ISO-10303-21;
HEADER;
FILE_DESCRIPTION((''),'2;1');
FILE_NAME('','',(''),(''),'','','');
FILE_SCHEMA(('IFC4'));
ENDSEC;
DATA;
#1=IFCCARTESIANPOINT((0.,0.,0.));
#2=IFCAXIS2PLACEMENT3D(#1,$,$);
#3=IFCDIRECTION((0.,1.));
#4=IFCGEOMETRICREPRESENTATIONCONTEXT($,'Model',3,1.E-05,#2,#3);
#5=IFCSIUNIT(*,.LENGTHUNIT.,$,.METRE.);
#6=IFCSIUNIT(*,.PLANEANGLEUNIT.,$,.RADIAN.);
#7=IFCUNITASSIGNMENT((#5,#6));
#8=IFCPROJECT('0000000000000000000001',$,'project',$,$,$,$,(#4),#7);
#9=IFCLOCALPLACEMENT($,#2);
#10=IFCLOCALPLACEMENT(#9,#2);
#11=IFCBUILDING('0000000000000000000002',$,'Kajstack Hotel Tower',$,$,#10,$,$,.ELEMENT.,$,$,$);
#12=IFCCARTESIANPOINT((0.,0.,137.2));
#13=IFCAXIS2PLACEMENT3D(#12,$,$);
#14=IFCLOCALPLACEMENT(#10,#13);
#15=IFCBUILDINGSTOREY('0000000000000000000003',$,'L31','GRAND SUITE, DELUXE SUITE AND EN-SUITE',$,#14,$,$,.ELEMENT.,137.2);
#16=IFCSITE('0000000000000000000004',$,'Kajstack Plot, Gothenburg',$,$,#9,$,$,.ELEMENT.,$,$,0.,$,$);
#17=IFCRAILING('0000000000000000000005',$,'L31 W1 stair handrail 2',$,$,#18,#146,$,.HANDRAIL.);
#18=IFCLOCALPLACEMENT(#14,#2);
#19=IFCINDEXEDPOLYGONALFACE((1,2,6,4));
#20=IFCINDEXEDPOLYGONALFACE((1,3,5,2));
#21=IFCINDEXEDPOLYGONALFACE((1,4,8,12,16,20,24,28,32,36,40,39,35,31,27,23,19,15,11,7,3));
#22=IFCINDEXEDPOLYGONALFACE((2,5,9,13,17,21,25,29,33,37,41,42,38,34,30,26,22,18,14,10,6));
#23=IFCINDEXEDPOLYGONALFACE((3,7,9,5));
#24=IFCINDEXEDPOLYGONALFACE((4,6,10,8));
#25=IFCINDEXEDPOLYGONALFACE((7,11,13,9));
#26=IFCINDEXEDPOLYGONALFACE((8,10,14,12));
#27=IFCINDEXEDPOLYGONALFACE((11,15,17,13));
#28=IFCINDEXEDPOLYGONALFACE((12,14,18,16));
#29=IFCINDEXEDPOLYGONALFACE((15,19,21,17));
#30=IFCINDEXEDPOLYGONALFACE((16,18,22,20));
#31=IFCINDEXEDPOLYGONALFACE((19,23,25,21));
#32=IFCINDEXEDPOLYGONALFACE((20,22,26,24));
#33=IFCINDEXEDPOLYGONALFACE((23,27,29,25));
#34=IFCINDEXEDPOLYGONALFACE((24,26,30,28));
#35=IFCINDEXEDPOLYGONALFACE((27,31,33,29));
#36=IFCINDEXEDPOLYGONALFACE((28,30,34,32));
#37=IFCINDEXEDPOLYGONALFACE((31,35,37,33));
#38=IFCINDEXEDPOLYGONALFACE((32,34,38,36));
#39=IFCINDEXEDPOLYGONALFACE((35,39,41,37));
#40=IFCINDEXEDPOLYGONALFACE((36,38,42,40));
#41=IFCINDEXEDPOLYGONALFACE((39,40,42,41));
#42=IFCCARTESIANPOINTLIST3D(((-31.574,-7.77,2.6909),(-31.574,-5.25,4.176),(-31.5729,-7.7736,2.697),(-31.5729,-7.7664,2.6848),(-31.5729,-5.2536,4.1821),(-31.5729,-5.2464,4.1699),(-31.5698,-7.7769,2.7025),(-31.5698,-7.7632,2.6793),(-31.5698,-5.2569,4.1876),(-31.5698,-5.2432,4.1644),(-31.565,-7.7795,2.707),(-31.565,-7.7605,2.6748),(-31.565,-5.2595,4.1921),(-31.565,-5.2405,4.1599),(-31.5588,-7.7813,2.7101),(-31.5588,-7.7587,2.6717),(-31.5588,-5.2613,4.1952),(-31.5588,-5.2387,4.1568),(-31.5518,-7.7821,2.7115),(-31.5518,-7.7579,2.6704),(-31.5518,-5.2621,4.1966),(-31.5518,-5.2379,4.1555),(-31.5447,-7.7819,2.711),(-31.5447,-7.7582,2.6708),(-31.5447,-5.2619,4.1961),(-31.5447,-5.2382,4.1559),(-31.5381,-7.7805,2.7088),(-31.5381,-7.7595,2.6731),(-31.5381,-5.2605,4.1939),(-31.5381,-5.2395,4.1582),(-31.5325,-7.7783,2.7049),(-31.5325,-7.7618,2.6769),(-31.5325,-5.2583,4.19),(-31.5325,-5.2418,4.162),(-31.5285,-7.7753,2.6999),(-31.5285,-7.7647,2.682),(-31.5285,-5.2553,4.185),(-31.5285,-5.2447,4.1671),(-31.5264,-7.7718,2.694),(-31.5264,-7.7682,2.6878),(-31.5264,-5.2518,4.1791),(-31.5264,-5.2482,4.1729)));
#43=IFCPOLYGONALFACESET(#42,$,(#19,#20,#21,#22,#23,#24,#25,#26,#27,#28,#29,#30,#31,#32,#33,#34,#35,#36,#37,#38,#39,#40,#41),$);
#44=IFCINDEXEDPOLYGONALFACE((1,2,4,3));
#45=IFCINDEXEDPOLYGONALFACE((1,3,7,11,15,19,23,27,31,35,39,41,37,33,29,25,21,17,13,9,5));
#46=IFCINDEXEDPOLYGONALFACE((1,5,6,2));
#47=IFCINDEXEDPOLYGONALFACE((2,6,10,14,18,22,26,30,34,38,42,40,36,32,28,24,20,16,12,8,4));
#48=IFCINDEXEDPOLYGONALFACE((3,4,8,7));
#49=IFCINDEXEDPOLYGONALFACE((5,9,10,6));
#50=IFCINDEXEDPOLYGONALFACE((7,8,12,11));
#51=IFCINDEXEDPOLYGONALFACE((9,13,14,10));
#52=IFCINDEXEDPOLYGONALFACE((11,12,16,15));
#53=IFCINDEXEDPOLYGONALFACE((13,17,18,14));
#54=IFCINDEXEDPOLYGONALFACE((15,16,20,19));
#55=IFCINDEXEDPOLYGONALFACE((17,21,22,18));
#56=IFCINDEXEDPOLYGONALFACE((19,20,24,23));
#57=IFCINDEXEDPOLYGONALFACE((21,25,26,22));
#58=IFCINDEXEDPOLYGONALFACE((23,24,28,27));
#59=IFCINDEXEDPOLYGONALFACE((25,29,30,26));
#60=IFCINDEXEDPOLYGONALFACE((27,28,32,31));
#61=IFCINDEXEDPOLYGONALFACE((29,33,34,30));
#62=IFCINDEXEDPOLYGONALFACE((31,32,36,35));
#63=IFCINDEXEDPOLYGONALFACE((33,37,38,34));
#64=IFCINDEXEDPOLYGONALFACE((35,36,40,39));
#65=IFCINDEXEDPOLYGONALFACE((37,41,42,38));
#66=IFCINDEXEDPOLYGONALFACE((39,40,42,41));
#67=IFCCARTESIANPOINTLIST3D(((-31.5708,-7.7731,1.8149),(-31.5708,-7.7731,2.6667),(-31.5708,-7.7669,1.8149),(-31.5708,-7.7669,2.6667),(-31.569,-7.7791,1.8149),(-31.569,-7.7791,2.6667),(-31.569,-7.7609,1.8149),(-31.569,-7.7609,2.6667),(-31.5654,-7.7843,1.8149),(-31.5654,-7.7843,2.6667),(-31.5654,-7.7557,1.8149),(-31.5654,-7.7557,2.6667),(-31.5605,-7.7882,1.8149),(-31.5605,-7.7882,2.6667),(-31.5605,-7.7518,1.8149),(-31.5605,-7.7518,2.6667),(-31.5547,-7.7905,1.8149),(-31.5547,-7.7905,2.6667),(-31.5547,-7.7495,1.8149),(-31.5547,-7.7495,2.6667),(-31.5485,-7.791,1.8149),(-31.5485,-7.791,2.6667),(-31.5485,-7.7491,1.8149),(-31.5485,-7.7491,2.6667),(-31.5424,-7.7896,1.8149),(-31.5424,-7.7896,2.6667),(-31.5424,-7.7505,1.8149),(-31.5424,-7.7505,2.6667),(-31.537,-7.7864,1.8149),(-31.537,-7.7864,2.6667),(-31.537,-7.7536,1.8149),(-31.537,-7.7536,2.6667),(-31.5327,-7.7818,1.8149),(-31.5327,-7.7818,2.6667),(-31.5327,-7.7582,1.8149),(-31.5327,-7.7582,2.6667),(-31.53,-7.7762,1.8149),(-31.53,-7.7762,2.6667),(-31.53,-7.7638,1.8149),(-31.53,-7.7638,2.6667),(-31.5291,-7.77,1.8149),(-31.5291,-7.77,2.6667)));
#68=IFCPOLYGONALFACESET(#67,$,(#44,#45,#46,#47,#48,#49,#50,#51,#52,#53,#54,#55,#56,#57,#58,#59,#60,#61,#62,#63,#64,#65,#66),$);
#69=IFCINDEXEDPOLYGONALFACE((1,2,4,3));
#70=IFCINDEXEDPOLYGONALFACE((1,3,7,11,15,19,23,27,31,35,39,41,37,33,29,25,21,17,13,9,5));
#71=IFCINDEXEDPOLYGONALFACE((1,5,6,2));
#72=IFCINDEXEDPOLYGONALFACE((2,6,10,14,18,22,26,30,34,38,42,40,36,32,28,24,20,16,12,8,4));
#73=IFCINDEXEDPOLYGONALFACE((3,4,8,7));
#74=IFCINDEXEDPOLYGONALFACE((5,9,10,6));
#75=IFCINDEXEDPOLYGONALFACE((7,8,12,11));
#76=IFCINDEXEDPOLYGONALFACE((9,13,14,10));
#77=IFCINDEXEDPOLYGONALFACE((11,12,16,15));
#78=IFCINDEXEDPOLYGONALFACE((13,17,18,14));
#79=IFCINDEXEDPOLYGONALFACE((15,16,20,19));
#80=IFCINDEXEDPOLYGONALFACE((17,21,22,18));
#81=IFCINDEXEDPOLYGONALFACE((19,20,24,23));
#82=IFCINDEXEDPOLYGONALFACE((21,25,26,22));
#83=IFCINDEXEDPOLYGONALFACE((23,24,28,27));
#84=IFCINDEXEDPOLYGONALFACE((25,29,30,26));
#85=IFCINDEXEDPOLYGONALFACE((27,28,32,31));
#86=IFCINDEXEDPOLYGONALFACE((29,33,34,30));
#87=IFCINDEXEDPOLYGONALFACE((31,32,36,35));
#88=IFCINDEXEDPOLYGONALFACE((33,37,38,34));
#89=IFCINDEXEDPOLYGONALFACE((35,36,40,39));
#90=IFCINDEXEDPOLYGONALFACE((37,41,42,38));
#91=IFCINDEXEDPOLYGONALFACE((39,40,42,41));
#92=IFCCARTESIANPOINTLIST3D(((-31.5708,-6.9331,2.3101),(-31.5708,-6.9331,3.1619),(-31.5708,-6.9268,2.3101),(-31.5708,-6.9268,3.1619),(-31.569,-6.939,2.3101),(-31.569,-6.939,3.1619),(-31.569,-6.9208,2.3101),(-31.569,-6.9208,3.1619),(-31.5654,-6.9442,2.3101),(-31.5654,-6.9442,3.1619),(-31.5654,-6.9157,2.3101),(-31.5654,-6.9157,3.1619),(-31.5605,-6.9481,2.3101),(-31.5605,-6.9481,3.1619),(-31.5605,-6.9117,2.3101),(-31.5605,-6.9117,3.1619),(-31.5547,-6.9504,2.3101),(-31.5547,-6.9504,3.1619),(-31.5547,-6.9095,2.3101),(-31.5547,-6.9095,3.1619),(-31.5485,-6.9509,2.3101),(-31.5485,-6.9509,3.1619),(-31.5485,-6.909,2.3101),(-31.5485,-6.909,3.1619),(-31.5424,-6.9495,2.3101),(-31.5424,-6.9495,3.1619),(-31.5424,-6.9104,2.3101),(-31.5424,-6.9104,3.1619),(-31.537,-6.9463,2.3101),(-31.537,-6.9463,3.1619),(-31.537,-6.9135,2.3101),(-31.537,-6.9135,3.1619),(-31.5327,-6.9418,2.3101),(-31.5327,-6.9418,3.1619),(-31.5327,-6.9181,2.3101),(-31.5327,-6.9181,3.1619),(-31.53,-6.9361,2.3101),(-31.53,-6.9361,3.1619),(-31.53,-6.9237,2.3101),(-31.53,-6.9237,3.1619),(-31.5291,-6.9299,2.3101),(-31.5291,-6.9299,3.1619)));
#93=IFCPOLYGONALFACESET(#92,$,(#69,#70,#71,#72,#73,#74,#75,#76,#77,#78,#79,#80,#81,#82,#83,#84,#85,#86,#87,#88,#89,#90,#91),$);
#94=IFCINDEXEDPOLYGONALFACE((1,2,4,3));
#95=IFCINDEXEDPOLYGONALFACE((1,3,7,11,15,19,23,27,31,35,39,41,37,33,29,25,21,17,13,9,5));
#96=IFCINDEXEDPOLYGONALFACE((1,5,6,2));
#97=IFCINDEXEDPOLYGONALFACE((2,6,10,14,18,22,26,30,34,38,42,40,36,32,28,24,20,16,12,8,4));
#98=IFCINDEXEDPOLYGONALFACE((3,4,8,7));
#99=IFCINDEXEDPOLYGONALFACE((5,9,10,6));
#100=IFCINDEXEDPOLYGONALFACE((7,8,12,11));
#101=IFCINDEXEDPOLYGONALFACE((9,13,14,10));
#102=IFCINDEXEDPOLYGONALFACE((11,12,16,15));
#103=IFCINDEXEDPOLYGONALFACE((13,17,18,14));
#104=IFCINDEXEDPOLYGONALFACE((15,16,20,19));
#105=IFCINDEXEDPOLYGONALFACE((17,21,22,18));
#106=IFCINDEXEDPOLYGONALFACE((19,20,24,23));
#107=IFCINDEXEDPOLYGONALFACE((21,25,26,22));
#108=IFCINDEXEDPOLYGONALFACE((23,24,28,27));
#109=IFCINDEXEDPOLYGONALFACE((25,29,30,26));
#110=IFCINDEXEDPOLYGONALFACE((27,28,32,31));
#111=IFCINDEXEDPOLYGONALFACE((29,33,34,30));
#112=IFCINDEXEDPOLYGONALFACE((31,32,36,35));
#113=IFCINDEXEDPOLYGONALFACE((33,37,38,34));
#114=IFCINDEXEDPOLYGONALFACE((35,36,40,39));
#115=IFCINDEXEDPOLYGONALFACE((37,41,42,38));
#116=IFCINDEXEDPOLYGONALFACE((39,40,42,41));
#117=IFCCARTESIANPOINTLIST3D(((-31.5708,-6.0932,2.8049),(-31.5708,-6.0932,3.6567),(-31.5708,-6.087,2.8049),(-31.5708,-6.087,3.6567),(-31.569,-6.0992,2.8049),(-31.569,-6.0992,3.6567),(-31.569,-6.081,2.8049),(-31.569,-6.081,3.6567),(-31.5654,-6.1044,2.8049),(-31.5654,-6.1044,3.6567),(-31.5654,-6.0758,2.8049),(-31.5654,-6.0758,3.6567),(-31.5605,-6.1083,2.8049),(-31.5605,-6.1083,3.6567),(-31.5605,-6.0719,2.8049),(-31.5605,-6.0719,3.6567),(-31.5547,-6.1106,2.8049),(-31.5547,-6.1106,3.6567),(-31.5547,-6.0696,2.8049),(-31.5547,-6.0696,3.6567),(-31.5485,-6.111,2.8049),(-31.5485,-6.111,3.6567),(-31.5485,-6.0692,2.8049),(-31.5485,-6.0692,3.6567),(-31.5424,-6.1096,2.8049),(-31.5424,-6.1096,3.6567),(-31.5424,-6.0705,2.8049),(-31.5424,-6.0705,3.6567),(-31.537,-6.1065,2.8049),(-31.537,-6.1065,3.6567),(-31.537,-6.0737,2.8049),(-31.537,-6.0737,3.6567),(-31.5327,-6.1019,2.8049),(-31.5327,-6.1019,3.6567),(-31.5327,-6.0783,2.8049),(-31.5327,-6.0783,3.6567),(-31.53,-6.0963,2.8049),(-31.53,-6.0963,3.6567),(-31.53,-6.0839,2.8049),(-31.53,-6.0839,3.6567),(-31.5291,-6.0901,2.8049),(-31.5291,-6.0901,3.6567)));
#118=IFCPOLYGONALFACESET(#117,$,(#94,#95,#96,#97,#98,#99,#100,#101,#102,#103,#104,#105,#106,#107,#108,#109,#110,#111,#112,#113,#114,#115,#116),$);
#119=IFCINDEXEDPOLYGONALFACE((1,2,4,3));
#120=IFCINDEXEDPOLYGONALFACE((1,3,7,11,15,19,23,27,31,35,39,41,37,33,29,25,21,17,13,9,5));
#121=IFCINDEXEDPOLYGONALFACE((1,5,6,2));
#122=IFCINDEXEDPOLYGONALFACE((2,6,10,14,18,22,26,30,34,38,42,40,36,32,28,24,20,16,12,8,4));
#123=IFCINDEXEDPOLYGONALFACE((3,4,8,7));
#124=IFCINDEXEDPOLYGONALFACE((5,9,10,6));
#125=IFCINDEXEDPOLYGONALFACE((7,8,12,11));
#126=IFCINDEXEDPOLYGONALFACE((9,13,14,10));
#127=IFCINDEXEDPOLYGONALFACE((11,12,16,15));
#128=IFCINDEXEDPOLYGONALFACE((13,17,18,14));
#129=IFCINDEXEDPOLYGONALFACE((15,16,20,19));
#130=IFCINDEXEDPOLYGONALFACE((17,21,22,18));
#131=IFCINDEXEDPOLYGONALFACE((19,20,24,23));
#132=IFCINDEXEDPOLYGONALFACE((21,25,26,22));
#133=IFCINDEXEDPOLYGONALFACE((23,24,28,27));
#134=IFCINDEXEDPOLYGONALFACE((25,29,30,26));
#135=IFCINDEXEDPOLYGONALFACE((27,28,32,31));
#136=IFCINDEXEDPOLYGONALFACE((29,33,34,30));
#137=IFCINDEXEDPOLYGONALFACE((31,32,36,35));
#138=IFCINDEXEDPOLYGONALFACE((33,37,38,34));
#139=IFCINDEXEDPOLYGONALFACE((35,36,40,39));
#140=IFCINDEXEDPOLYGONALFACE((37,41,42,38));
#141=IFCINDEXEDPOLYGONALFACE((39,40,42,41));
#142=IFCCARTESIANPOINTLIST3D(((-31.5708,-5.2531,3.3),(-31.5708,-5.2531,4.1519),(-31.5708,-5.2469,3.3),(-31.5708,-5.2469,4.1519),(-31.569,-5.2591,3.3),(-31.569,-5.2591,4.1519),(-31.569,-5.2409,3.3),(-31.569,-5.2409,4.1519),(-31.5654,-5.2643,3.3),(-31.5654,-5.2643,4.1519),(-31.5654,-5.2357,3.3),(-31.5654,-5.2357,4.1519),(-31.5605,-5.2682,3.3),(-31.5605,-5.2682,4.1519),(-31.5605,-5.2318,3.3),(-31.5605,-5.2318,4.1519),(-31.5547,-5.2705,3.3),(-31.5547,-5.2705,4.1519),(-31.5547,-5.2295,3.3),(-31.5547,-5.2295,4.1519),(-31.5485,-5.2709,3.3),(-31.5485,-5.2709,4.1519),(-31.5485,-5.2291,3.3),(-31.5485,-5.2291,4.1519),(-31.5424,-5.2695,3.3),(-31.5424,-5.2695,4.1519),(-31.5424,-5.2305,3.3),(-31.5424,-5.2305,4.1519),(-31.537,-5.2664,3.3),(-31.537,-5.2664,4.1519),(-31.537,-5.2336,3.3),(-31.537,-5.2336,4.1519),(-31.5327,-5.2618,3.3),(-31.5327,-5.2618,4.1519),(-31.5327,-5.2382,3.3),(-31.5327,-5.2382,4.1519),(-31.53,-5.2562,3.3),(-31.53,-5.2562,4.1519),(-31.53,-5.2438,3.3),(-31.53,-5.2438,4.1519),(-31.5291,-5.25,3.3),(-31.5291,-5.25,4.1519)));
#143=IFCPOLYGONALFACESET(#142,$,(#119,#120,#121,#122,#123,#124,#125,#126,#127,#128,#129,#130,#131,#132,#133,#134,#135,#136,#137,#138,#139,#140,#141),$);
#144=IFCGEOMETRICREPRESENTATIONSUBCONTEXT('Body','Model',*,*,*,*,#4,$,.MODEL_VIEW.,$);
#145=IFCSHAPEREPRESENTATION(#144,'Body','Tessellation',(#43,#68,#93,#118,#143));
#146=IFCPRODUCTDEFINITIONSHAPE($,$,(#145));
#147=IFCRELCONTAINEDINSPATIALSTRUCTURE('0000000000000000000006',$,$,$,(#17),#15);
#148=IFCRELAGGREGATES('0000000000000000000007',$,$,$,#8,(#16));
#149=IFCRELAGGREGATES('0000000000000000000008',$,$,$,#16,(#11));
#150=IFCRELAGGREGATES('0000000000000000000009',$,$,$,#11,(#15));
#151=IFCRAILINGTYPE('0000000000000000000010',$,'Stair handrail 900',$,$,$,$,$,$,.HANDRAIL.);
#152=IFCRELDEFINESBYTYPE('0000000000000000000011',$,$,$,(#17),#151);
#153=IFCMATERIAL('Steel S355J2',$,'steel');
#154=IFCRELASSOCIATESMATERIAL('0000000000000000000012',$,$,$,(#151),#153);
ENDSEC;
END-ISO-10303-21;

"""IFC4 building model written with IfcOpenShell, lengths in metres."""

from ifc_helpers import new_model, si_unit, direction, frame, origin, origin_2d, place, context, subcontext, project, spatial, circle, extrude, material, type_object, element, save


model = new_model("IFC4")

# Units and contexts
model_context = context("Model", 3, precision=1e-05, world=origin(), true_north=direction((0.0, 1.0)))
body_context = subcontext(model_context, "Body", "Model", "MODEL_VIEW")
ifc_project = project(units=[si_unit("LENGTHUNIT", "METRE"), si_unit("PLANEANGLEUNIT", "RADIAN")], contexts=[model_context])

# Site, building, storey
site_placement = place(None, origin())
site = spatial("IfcSite", under=ifc_project, at=site_placement, Name="Kajstack Plot, Gothenburg", CompositionType="ELEMENT", RefElevation=0.0)
building_placement = place(site_placement, origin())
building = spatial("IfcBuilding", under=site, at=building_placement, Name="Kajstack Hotel Tower", CompositionType="ELEMENT")
storey_placement = place(building_placement, frame((0.0, 0.0, 137.2)))
storey = spatial("IfcBuildingStorey", under=building, at=storey_placement, Name="L31", Description="GRAND SUITE, DELUXE SUITE AND EN-SUITE", CompositionType="ELEMENT", Elevation=137.2)

# Railing
ifc_material_1 = material(Name="Steel S355J2", Category="steel")
railing_type_1 = type_object("IfcRailingType", Name="Stair handrail 900", PredefinedType="HANDRAIL", material=ifc_material_1)
railing_1_placement = place(storey_placement, frame((-31.55, -7.77, 1.8149)))
element("IfcRailing", 1, at=railing_1_placement, inside=storey, type_object=railing_type_1, Name="L31 W1 stair handrail 2", PredefinedType="HANDRAIL", context=body_context, shape_type="SweptSolid", body=[
    extrude(circle(Radius=0.0239, at=origin_2d()), frame((0.0, 0.0, 0.876), z_axis=(0.0, 0.861524, 0.507717), x_axis=(-1.0, 0.0, 0.0)), (0.0, 0.0, 1.0), 2.925),
    extrude(circle(Radius=0.021, at=origin_2d()), origin(), (0.0, 0.0, 1.0), 0.8518),
    extrude(circle(Radius=0.021, at=origin_2d()), frame((0.0, 0.8401, 0.4951)), (0.0, 0.0, 1.0), 0.8518),
    extrude(circle(Radius=0.021, at=origin_2d()), frame((0.0, 1.6799, 0.99)), (0.0, 0.0, 1.0), 0.8518),
    extrude(circle(Radius=0.021, at=origin_2d()), frame((0.0, 2.52, 1.4851)), (0.0, 0.0, 1.0), 0.8518),
])

save(model, "model.ifc")
